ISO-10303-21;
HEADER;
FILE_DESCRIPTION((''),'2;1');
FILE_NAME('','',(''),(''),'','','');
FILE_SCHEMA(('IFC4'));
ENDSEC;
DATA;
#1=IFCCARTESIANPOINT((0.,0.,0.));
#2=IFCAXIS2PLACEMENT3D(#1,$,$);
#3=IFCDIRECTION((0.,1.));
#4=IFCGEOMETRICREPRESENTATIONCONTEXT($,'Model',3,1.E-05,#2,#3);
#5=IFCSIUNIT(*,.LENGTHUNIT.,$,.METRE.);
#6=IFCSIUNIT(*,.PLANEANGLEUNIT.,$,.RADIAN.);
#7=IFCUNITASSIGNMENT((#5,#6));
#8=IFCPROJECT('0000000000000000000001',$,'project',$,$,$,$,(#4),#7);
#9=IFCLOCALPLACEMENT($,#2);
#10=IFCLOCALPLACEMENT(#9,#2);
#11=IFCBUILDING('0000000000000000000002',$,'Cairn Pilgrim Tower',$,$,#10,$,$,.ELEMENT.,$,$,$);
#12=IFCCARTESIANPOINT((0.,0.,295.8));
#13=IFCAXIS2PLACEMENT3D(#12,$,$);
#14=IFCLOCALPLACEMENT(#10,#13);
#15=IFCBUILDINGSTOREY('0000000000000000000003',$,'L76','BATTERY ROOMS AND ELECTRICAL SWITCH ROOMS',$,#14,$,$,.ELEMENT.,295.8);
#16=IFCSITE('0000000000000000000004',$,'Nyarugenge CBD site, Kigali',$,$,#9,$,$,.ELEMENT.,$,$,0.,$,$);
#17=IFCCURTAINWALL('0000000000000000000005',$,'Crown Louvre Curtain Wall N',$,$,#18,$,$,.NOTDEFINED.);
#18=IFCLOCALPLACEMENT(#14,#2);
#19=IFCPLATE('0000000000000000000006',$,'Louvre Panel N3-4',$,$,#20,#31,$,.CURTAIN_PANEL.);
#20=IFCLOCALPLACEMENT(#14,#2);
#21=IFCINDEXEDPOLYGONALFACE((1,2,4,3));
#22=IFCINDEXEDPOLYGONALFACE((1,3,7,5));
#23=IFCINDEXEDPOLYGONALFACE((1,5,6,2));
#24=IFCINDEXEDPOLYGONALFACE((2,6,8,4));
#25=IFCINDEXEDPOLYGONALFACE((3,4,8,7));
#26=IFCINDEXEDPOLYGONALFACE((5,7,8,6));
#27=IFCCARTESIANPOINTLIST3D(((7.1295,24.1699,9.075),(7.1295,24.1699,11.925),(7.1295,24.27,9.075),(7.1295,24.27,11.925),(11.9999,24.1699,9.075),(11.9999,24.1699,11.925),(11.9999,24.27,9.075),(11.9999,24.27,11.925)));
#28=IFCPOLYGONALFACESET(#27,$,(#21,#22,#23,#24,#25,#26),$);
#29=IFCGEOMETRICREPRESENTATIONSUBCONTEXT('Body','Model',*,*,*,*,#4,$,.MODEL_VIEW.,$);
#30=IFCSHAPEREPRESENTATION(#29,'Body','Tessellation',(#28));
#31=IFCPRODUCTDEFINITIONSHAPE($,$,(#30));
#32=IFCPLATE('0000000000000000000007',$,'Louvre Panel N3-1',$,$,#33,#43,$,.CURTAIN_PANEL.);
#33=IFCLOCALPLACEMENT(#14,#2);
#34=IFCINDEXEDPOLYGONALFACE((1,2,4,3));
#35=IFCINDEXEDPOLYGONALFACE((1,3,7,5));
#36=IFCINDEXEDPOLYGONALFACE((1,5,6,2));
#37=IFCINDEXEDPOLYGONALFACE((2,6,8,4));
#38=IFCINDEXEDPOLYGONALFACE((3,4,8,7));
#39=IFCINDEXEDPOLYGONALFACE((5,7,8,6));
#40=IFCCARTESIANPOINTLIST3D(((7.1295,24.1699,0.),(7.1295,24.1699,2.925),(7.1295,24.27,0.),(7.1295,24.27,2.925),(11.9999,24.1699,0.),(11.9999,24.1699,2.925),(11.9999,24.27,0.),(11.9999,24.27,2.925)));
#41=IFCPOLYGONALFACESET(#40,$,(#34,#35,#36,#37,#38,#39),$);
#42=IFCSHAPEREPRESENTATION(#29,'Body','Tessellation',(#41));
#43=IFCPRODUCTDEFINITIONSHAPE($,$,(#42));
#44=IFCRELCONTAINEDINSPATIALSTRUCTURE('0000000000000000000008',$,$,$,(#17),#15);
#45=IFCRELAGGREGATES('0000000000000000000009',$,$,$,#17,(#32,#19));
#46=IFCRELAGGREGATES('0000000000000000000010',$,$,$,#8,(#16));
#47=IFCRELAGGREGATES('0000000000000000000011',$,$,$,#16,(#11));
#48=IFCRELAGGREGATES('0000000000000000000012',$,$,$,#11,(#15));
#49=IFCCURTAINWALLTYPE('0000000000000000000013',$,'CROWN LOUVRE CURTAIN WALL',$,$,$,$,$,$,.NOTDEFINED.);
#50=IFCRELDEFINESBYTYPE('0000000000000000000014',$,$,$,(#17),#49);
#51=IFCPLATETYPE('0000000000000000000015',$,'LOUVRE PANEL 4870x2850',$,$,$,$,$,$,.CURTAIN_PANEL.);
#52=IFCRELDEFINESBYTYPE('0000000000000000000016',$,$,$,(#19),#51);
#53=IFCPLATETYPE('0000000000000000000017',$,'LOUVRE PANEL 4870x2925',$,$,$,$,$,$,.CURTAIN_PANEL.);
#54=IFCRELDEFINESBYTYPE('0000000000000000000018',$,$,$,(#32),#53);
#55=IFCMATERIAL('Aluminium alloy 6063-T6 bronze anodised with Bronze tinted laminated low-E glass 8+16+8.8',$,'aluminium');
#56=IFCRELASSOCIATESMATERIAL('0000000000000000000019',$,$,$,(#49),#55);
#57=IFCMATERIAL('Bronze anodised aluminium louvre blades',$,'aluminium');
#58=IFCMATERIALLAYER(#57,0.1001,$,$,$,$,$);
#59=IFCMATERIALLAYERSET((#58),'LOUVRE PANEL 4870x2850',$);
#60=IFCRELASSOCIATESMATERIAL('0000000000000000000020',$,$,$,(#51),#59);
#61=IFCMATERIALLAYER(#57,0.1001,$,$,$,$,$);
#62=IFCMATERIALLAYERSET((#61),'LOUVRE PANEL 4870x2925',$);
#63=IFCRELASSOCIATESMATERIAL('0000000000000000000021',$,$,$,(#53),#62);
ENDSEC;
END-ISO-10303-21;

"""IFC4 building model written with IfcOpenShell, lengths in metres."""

from ifc_helpers import new_model, si_unit, direction, frame, origin, origin_2d, place, context, subcontext, project, spatial, rectangle, extrude, material, layer, layer_set, type_object, element, aggregate, save


model = new_model("IFC4")

# Units and contexts
model_context = context("Model", 3, precision=1e-05, world=origin(), true_north=direction((0.0, 1.0)))
body_context = subcontext(model_context, "Body", "Model", "MODEL_VIEW")
ifc_project = project(units=[si_unit("LENGTHUNIT", "METRE"), si_unit("PLANEANGLEUNIT", "RADIAN")], contexts=[model_context])

# Site, building, storey
site_placement = place(None, origin())
site = spatial("IfcSite", under=ifc_project, at=site_placement, Name="Nyarugenge CBD site, Kigali", CompositionType="ELEMENT", RefElevation=0.0)
building_placement = place(site_placement, origin())
building = spatial("IfcBuilding", under=site, at=building_placement, Name="Cairn Pilgrim Tower", CompositionType="ELEMENT")
storey_placement = place(building_placement, frame((0.0, 0.0, 295.8)))
storey = spatial("IfcBuildingStorey", under=building, at=storey_placement, Name="L76", Description="BATTERY ROOMS AND ELECTRICAL SWITCH ROOMS", CompositionType="ELEMENT", Elevation=295.8)

# Curtain wall
ifc_material_1 = material(Name="Aluminium alloy 6063-T6 bronze anodised with Bronze tinted laminated low-E glass 8+16+8.8", Category="aluminium")
curtain_wall_type = type_object("IfcCurtainWallType", Name="CROWN LOUVRE CURTAIN WALL", PredefinedType="NOTDEFINED", material=ifc_material_1)
curtain_wall_1_placement = place(storey_placement, origin())
curtain_wall_1 = element("IfcCurtainWall", 1, at=curtain_wall_1_placement, inside=storey, type_object=curtain_wall_type, Name="Crown Louvre Curtain Wall N", PredefinedType="NOTDEFINED")

# Plates
ifc_material_2 = material(Name="Bronze anodised aluminium louvre blades", Category="aluminium")
ifc_layer_1 = layer(ifc_material_2, 0.1001)
ifc_layer_set_1 = layer_set([ifc_layer_1], Name="LOUVRE PANEL 4870x2850")
plate_type_1 = type_object("IfcPlateType", Name="LOUVRE PANEL 4870x2850", PredefinedType="CURTAIN_PANEL", material=ifc_layer_set_1)
plate_1_placement = place(storey_placement, frame((9.5647, 24.22, 9.075), z_axis=(0.0, 0.0, 1.0), x_axis=(-1.0, 0.0, 0.0)))
plate_1 = element("IfcPlate", 2, at=plate_1_placement, type_object=plate_type_1, Name="Louvre Panel N3-4", PredefinedType="CURTAIN_PANEL", context=body_context, shape_type="SweptSolid", body=[
    extrude(rectangle(XDim=4.8704, YDim=0.1001, at=origin_2d()), origin(), (0.0, 0.0, 1.0), 2.8501),
])
ifc_layer_2 = layer(ifc_material_2, 0.1001)
ifc_layer_set_2 = layer_set([ifc_layer_2], Name="LOUVRE PANEL 4870x2925")
plate_type_2 = type_object("IfcPlateType", Name="LOUVRE PANEL 4870x2925", PredefinedType="CURTAIN_PANEL", material=ifc_layer_set_2)
plate_2_placement = place(storey_placement, frame((9.5647, 24.22, 0.0), z_axis=(0.0, 0.0, 1.0), x_axis=(-1.0, 0.0, 0.0)))
plate_2 = element("IfcPlate", 3, at=plate_2_placement, type_object=plate_type_2, Name="Louvre Panel N3-1", PredefinedType="CURTAIN_PANEL", context=body_context, shape_type="SweptSolid", body=[
    extrude(rectangle(XDim=4.8704, YDim=0.1001, at=origin_2d()), origin(), (0.0, 0.0, 1.0), 2.925),
])
aggregate(curtain_wall_1, [plate_2, plate_1])

save(model, "model.ifc")
